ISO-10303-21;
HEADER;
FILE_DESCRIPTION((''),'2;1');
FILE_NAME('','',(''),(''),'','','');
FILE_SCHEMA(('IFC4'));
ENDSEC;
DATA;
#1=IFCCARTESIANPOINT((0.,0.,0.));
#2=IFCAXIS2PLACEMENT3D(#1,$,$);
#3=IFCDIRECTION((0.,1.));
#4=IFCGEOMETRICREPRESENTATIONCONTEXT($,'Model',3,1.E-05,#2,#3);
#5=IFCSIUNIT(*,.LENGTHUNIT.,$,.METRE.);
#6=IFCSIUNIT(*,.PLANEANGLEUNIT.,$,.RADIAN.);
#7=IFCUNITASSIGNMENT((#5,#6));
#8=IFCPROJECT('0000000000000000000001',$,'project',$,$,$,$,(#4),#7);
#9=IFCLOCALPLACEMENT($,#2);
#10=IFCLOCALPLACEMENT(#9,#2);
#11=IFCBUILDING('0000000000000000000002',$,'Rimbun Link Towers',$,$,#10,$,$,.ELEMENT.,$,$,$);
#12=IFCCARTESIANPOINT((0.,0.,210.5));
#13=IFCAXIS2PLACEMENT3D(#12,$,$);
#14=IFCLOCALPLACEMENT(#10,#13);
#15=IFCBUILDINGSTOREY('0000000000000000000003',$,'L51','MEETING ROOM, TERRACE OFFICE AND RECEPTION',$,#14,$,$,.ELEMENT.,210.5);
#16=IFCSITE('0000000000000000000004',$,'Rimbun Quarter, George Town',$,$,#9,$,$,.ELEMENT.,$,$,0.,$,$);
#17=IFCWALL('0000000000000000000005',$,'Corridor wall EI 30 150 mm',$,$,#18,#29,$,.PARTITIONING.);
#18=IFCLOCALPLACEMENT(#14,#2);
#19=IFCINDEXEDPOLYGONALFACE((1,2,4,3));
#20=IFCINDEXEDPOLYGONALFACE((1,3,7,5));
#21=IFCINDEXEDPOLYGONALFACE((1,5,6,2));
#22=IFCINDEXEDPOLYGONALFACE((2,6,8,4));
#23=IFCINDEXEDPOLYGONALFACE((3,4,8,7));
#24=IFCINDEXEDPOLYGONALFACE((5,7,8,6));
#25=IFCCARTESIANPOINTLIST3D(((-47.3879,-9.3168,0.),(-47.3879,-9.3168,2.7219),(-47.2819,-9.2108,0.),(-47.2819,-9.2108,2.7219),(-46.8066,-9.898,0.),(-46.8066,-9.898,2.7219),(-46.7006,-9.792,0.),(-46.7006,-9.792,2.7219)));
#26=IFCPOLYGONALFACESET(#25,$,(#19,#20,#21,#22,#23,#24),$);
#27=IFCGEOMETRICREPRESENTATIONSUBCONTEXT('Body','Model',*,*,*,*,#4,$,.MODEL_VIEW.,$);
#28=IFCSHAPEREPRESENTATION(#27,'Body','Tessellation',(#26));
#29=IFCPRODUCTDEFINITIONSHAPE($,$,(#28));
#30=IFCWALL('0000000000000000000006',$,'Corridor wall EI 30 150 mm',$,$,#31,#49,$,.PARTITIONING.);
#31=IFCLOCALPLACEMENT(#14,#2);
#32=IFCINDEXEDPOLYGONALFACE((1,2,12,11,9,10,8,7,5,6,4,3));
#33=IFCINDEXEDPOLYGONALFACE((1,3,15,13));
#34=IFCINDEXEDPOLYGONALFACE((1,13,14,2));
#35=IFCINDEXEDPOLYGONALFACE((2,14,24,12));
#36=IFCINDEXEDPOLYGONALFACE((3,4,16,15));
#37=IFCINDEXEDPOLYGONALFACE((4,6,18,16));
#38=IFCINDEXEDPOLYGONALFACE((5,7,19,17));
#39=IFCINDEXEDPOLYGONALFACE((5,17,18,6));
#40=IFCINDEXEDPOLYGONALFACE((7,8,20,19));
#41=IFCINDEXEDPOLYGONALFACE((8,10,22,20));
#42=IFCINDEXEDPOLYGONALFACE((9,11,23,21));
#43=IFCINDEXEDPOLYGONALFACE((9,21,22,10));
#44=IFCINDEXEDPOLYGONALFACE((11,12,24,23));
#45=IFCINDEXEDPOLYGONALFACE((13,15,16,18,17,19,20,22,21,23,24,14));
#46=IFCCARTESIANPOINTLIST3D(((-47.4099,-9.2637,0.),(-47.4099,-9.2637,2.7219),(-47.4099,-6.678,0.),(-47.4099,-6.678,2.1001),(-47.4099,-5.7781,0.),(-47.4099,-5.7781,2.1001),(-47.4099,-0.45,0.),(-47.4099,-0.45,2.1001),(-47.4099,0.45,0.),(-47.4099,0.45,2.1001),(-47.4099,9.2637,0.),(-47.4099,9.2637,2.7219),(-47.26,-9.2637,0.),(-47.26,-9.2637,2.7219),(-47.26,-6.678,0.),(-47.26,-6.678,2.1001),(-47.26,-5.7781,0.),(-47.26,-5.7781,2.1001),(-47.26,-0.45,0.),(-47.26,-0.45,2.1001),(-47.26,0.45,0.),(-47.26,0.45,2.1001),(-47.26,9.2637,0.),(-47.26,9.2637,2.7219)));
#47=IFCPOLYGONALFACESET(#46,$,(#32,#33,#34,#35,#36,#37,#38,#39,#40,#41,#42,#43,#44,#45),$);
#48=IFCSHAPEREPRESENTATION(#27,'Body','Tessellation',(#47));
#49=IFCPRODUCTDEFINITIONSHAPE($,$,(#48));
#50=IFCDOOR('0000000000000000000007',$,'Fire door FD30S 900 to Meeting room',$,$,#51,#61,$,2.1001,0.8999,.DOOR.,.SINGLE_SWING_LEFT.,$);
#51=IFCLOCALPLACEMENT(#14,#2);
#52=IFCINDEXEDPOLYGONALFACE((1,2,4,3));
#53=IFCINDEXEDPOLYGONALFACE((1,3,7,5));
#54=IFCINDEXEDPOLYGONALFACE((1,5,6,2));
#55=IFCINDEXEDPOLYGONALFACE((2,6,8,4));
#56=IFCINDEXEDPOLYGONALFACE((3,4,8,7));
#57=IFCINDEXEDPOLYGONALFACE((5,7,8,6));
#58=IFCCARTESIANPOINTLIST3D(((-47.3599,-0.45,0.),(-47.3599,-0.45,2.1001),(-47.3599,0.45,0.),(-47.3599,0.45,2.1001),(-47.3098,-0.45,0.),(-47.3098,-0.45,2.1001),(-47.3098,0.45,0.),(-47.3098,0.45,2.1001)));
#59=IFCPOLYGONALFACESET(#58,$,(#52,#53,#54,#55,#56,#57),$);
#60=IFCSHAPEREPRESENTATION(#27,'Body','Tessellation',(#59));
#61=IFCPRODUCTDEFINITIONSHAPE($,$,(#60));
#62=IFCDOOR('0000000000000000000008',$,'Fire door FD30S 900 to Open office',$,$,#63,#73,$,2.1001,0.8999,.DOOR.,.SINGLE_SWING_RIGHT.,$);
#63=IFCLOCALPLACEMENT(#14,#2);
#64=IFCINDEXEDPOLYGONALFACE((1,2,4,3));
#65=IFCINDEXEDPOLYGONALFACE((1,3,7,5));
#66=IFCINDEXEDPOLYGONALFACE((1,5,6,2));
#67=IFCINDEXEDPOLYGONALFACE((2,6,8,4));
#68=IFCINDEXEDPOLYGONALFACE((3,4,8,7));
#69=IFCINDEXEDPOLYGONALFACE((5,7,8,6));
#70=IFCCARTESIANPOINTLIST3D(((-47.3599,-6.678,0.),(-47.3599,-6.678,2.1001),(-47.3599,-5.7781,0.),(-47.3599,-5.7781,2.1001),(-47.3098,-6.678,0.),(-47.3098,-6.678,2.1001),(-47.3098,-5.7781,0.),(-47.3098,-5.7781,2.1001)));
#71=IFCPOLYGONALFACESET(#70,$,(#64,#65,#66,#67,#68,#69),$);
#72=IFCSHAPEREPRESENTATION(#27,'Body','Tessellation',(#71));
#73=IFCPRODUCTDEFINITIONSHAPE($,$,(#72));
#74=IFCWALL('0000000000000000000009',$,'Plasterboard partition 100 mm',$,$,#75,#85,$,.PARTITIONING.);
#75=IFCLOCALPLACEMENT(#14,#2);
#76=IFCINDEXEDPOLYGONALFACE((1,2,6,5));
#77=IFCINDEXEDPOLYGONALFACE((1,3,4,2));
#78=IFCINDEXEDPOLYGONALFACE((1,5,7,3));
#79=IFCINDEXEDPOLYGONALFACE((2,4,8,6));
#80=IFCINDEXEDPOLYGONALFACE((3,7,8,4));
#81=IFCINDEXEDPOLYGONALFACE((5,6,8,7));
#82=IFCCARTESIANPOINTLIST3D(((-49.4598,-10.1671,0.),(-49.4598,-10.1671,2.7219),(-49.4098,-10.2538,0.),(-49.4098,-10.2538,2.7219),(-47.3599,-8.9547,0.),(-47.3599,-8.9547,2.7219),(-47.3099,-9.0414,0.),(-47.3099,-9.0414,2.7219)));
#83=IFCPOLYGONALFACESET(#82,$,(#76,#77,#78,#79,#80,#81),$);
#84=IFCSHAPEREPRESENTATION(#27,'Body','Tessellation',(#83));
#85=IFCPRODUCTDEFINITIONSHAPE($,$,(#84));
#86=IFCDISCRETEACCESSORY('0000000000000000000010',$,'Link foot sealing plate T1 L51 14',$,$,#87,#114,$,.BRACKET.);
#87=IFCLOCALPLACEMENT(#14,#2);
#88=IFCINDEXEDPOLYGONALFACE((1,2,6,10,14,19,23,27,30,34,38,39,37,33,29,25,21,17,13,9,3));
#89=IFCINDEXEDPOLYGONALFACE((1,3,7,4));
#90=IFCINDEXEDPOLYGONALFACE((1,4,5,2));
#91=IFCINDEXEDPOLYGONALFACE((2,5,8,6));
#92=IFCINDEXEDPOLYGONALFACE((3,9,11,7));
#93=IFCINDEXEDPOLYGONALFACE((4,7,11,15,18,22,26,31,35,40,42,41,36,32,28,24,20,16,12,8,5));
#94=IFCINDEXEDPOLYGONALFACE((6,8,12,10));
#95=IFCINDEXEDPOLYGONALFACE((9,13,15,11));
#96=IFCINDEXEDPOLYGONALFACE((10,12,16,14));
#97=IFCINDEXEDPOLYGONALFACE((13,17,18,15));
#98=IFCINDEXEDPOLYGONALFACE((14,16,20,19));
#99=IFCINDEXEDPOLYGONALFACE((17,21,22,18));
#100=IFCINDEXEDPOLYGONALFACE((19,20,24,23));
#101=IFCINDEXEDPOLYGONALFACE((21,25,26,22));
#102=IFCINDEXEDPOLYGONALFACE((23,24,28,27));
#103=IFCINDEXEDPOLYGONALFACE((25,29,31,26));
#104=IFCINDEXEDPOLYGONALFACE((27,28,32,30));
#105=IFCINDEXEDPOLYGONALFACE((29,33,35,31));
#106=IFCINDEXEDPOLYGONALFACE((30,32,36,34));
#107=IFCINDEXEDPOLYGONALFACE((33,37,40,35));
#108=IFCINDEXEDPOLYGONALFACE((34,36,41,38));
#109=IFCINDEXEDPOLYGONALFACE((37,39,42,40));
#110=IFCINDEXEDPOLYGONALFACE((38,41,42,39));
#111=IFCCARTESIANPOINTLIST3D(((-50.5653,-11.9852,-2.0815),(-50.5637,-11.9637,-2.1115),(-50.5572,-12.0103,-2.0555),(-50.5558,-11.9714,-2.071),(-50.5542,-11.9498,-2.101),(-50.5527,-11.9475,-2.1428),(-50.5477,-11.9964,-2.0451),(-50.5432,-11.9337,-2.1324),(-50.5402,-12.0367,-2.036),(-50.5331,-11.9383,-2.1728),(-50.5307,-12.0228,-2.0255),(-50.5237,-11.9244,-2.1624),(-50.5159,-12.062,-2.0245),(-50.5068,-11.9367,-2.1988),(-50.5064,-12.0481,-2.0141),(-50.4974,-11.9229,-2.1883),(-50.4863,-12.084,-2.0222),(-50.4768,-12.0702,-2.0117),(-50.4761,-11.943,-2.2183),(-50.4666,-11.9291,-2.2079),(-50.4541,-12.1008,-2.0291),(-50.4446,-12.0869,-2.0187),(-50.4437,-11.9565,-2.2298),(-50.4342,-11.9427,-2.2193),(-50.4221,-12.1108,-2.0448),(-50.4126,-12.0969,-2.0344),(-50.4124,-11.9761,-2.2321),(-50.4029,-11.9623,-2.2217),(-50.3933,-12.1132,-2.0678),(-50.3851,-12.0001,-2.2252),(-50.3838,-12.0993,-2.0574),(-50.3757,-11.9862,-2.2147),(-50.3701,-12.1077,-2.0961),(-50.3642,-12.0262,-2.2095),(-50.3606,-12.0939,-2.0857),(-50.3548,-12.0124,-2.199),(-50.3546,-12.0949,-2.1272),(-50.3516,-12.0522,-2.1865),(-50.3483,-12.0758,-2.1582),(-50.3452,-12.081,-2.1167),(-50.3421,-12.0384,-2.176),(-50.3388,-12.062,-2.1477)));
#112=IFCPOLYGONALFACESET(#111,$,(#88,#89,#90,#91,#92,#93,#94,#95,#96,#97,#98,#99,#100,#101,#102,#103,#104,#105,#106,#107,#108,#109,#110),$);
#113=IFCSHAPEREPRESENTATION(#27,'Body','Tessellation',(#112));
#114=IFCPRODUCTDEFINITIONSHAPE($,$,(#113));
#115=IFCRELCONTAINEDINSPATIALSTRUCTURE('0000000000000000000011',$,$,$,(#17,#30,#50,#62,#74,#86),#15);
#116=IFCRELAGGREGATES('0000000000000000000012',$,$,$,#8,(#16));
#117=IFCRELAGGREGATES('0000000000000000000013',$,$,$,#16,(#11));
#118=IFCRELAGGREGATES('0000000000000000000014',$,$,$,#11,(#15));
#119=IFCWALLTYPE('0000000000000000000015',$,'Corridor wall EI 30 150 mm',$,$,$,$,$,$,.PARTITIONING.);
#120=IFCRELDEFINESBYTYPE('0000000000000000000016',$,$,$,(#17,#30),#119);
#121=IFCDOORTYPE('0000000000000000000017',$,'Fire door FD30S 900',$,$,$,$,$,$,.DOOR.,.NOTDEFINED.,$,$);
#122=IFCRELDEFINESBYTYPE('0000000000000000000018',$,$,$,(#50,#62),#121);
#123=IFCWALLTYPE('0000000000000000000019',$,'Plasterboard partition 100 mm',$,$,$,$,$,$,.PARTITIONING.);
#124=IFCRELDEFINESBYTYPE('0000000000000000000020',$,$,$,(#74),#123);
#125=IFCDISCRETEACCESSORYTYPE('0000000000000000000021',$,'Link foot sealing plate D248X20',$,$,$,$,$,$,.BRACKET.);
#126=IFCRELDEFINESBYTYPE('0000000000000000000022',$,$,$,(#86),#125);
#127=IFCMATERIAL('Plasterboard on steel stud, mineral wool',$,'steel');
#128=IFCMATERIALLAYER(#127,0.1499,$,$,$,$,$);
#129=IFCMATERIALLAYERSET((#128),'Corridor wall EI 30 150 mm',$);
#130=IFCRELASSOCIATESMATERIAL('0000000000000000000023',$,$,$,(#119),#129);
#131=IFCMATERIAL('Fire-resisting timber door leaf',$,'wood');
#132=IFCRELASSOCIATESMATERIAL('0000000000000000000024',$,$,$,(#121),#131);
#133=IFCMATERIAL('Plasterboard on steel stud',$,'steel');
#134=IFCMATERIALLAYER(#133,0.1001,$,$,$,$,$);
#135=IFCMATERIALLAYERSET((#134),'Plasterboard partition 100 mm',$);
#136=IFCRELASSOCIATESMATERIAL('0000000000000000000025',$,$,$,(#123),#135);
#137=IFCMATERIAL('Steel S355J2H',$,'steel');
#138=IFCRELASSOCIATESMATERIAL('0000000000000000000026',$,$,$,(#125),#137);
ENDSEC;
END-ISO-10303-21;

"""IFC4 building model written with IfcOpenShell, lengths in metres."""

from ifc_helpers import new_model, si_unit, direction, frame, frame_2d, origin, origin_2d, place, context, subcontext, project, spatial, rectangle, circle, extrude, material, layer, layer_set, material_profile, profile_set, type_object, element, fill, save


model = new_model("IFC4")

# Units and contexts
model_context = context("Model", 3, precision=1e-05, world=origin(), true_north=direction((0.0, 1.0)))
body_context = subcontext(model_context, "Body", "Model", "MODEL_VIEW")
ifc_project = project(units=[si_unit("LENGTHUNIT", "METRE"), si_unit("PLANEANGLEUNIT", "RADIAN")], contexts=[model_context])

# Site, building, storey
site_placement = place(None, origin())
site = spatial("IfcSite", under=ifc_project, at=site_placement, Name="Rimbun Quarter, George Town", CompositionType="ELEMENT", RefElevation=0.0)
building_placement = place(site_placement, origin())
building = spatial("IfcBuilding", under=site, at=building_placement, Name="Rimbun Link Towers", CompositionType="ELEMENT")
storey_placement = place(building_placement, frame((0.0, 0.0, 210.5)))
storey = spatial("IfcBuildingStorey", under=building, at=storey_placement, Name="L51", Description="MEETING ROOM, TERRACE OFFICE AND RECEPTION", CompositionType="ELEMENT", Elevation=210.5)

# Wall
ifc_material_1 = material(Name="Plasterboard on steel stud, mineral wool", Category="steel")
ifc_layer_1 = layer(ifc_material_1, 0.1499)
ifc_layer_set_1 = layer_set([ifc_layer_1], Name="Corridor wall EI 30 150 mm")
wall_type_1 = type_object("IfcWallType", Name="Corridor wall EI 30 150 mm", PredefinedType="PARTITIONING", material=ifc_layer_set_1)
wall_1_placement = place(storey_placement, frame((-47.335, -9.2637, 0.0), z_axis=(0.0, 0.0, 1.0), x_axis=(0.707107, -0.707107, 0.0)))
element("IfcWall", 1, at=wall_1_placement, inside=storey, type_object=wall_type_1, Name="Corridor wall EI 30 150 mm", PredefinedType="PARTITIONING", context=body_context, shape_type="SweptSolid", body=[
    extrude(rectangle(XDim=0.822, YDim=0.1499, at=frame_2d((0.4111, 0.0))), origin(), (0.0, 0.0, 1.0), 2.7219),
])

# Wall, openings, doors
wall_2_placement = place(storey_placement, frame((-47.335, -9.2637, 0.0), z_axis=(0.0, 0.0, 1.0), x_axis=(0.0, 1.0, 0.0)))
wall_2 = element("IfcWall", 2, at=wall_2_placement, inside=storey, type_object=wall_type_1, Name="Corridor wall EI 30 150 mm", PredefinedType="PARTITIONING", context=body_context, shape_type="SweptSolid", body=[
    extrude(rectangle(XDim=18.5273, YDim=0.1499, at=frame_2d((9.2637, 0.0))), origin(), (0.0, 0.0, 1.0), 2.7219),
])
opening_1_placement = place(wall_2_placement, frame((8.8137, 0.0, 0.0)))
opening_1 = element("IfcOpeningElement", 3, at=opening_1_placement, cuts=wall_2, PredefinedType="OPENING", context=body_context, shape_type="SweptSolid", body=[
    extrude(rectangle(XDim=0.8999, YDim=2.1001, at=frame_2d((0.45, 1.05))), frame((0.0, 0.085, 0.0), z_axis=(0.0, -1.0, 0.0), x_axis=(1.0, 0.0, 0.0)), (0.0, 0.0, 1.0), 0.1699),
])
opening_2_placement = place(wall_2_placement, frame((2.5857, 0.0, 0.0)))
opening_2 = element("IfcOpeningElement", 4, at=opening_2_placement, cuts=wall_2, PredefinedType="OPENING", context=body_context, shape_type="SweptSolid", body=[
    extrude(rectangle(XDim=0.8999, YDim=2.1001, at=frame_2d((0.45, 1.05))), frame((0.0, 0.085, 0.0), z_axis=(0.0, -1.0, 0.0), x_axis=(1.0, 0.0, 0.0)), (0.0, 0.0, 1.0), 0.1699),
])
ifc_material_2 = material(Name="Fire-resisting timber door leaf", Category="wood")
door_type = type_object("IfcDoorType", Name="Fire door FD30S 900", OperationType="NOTDEFINED", PredefinedType="DOOR", material=ifc_material_2)
door_1_placement = place(opening_1_placement, origin())
door_1 = element("IfcDoor", 5, at=door_1_placement, inside=storey, type_object=door_type, Name="Fire door FD30S 900 to Meeting room", OperationType="SINGLE_SWING_LEFT", OverallHeight=2.1001, OverallWidth=0.8999, PredefinedType="DOOR", context=body_context, shape_type="SweptSolid", body=[
    extrude(rectangle(XDim=0.8999, YDim=2.1001, at=frame_2d((0.45, 1.05))), frame((0.0, 0.0249, 0.0), z_axis=(0.0, -1.0, 0.0), x_axis=(1.0, 0.0, 0.0)), (0.0, 0.0, 1.0), 0.05),
])
fill(opening_1, door_1)
door_2_placement = place(opening_2_placement, origin())
door_2 = element("IfcDoor", 6, at=door_2_placement, inside=storey, type_object=door_type, Name="Fire door FD30S 900 to Open office", OperationType="SINGLE_SWING_RIGHT", OverallHeight=2.1001, OverallWidth=0.8999, PredefinedType="DOOR", context=body_context, shape_type="SweptSolid", body=[
    extrude(rectangle(XDim=0.8999, YDim=2.1001, at=frame_2d((0.45, 1.05))), frame((0.0, 0.0249, 0.0), z_axis=(0.0, -1.0, 0.0), x_axis=(1.0, 0.0, 0.0)), (0.0, 0.0, 1.0), 0.05),
])
fill(opening_2, door_2)

# Wall
ifc_material_3 = material(Name="Plasterboard on steel stud", Category="steel")
ifc_layer_2 = layer(ifc_material_3, 0.1001)
ifc_layer_set_2 = layer_set([ifc_layer_2], Name="Plasterboard partition 100 mm")
wall_type_2 = type_object("IfcWallType", Name="Plasterboard partition 100 mm", PredefinedType="PARTITIONING", material=ifc_layer_set_2)
wall_3_placement = place(storey_placement, frame((-49.4348, -10.2104, 0.0), z_axis=(0.0, 0.0, 1.0), x_axis=(0.866016, 0.500016, 0.0)))
element("IfcWall", 7, at=wall_3_placement, inside=storey, type_object=wall_type_2, Name="Plasterboard partition 100 mm", PredefinedType="PARTITIONING", context=body_context, shape_type="SweptSolid", body=[
    extrude(rectangle(XDim=2.4248, YDim=0.1001, at=frame_2d((1.2124, 0.0))), origin(), (0.0, 0.0, 1.0), 2.7219),
])

# Discrete accessory
ifc_material_4 = material(Name="Steel S355J2H", Category="steel")
ifc_material_profile_1 = material_profile(ifc_material_4, circle(Radius=0.124, at=origin_2d()), Name="PL D248")
ifc_profile_set_1 = profile_set([ifc_material_profile_1], Name="Steel S355J2H")
discrete_accessory_type = type_object("IfcDiscreteAccessoryType", Name="Link foot sealing plate D248X20", PredefinedType="BRACKET", material=ifc_profile_set_1)
discrete_accessory_placement = place(storey_placement, frame((-50.4475, -12.011, -2.1167), z_axis=(-0.479367, -0.700614, -0.528533), x_axis=(0.825307, -0.564684, 0.0)))
element("IfcDiscreteAccessory", 8, at=discrete_accessory_placement, inside=storey, type_object=discrete_accessory_type, Name="Link foot sealing plate T1 L51 14", PredefinedType="BRACKET", context=body_context, shape_type="SweptSolid", body=[
    extrude(circle(Radius=0.124, at=origin_2d()), origin(), (0.0, 0.0, 1.0), 0.0198),
])

save(model, "model.ifc")
